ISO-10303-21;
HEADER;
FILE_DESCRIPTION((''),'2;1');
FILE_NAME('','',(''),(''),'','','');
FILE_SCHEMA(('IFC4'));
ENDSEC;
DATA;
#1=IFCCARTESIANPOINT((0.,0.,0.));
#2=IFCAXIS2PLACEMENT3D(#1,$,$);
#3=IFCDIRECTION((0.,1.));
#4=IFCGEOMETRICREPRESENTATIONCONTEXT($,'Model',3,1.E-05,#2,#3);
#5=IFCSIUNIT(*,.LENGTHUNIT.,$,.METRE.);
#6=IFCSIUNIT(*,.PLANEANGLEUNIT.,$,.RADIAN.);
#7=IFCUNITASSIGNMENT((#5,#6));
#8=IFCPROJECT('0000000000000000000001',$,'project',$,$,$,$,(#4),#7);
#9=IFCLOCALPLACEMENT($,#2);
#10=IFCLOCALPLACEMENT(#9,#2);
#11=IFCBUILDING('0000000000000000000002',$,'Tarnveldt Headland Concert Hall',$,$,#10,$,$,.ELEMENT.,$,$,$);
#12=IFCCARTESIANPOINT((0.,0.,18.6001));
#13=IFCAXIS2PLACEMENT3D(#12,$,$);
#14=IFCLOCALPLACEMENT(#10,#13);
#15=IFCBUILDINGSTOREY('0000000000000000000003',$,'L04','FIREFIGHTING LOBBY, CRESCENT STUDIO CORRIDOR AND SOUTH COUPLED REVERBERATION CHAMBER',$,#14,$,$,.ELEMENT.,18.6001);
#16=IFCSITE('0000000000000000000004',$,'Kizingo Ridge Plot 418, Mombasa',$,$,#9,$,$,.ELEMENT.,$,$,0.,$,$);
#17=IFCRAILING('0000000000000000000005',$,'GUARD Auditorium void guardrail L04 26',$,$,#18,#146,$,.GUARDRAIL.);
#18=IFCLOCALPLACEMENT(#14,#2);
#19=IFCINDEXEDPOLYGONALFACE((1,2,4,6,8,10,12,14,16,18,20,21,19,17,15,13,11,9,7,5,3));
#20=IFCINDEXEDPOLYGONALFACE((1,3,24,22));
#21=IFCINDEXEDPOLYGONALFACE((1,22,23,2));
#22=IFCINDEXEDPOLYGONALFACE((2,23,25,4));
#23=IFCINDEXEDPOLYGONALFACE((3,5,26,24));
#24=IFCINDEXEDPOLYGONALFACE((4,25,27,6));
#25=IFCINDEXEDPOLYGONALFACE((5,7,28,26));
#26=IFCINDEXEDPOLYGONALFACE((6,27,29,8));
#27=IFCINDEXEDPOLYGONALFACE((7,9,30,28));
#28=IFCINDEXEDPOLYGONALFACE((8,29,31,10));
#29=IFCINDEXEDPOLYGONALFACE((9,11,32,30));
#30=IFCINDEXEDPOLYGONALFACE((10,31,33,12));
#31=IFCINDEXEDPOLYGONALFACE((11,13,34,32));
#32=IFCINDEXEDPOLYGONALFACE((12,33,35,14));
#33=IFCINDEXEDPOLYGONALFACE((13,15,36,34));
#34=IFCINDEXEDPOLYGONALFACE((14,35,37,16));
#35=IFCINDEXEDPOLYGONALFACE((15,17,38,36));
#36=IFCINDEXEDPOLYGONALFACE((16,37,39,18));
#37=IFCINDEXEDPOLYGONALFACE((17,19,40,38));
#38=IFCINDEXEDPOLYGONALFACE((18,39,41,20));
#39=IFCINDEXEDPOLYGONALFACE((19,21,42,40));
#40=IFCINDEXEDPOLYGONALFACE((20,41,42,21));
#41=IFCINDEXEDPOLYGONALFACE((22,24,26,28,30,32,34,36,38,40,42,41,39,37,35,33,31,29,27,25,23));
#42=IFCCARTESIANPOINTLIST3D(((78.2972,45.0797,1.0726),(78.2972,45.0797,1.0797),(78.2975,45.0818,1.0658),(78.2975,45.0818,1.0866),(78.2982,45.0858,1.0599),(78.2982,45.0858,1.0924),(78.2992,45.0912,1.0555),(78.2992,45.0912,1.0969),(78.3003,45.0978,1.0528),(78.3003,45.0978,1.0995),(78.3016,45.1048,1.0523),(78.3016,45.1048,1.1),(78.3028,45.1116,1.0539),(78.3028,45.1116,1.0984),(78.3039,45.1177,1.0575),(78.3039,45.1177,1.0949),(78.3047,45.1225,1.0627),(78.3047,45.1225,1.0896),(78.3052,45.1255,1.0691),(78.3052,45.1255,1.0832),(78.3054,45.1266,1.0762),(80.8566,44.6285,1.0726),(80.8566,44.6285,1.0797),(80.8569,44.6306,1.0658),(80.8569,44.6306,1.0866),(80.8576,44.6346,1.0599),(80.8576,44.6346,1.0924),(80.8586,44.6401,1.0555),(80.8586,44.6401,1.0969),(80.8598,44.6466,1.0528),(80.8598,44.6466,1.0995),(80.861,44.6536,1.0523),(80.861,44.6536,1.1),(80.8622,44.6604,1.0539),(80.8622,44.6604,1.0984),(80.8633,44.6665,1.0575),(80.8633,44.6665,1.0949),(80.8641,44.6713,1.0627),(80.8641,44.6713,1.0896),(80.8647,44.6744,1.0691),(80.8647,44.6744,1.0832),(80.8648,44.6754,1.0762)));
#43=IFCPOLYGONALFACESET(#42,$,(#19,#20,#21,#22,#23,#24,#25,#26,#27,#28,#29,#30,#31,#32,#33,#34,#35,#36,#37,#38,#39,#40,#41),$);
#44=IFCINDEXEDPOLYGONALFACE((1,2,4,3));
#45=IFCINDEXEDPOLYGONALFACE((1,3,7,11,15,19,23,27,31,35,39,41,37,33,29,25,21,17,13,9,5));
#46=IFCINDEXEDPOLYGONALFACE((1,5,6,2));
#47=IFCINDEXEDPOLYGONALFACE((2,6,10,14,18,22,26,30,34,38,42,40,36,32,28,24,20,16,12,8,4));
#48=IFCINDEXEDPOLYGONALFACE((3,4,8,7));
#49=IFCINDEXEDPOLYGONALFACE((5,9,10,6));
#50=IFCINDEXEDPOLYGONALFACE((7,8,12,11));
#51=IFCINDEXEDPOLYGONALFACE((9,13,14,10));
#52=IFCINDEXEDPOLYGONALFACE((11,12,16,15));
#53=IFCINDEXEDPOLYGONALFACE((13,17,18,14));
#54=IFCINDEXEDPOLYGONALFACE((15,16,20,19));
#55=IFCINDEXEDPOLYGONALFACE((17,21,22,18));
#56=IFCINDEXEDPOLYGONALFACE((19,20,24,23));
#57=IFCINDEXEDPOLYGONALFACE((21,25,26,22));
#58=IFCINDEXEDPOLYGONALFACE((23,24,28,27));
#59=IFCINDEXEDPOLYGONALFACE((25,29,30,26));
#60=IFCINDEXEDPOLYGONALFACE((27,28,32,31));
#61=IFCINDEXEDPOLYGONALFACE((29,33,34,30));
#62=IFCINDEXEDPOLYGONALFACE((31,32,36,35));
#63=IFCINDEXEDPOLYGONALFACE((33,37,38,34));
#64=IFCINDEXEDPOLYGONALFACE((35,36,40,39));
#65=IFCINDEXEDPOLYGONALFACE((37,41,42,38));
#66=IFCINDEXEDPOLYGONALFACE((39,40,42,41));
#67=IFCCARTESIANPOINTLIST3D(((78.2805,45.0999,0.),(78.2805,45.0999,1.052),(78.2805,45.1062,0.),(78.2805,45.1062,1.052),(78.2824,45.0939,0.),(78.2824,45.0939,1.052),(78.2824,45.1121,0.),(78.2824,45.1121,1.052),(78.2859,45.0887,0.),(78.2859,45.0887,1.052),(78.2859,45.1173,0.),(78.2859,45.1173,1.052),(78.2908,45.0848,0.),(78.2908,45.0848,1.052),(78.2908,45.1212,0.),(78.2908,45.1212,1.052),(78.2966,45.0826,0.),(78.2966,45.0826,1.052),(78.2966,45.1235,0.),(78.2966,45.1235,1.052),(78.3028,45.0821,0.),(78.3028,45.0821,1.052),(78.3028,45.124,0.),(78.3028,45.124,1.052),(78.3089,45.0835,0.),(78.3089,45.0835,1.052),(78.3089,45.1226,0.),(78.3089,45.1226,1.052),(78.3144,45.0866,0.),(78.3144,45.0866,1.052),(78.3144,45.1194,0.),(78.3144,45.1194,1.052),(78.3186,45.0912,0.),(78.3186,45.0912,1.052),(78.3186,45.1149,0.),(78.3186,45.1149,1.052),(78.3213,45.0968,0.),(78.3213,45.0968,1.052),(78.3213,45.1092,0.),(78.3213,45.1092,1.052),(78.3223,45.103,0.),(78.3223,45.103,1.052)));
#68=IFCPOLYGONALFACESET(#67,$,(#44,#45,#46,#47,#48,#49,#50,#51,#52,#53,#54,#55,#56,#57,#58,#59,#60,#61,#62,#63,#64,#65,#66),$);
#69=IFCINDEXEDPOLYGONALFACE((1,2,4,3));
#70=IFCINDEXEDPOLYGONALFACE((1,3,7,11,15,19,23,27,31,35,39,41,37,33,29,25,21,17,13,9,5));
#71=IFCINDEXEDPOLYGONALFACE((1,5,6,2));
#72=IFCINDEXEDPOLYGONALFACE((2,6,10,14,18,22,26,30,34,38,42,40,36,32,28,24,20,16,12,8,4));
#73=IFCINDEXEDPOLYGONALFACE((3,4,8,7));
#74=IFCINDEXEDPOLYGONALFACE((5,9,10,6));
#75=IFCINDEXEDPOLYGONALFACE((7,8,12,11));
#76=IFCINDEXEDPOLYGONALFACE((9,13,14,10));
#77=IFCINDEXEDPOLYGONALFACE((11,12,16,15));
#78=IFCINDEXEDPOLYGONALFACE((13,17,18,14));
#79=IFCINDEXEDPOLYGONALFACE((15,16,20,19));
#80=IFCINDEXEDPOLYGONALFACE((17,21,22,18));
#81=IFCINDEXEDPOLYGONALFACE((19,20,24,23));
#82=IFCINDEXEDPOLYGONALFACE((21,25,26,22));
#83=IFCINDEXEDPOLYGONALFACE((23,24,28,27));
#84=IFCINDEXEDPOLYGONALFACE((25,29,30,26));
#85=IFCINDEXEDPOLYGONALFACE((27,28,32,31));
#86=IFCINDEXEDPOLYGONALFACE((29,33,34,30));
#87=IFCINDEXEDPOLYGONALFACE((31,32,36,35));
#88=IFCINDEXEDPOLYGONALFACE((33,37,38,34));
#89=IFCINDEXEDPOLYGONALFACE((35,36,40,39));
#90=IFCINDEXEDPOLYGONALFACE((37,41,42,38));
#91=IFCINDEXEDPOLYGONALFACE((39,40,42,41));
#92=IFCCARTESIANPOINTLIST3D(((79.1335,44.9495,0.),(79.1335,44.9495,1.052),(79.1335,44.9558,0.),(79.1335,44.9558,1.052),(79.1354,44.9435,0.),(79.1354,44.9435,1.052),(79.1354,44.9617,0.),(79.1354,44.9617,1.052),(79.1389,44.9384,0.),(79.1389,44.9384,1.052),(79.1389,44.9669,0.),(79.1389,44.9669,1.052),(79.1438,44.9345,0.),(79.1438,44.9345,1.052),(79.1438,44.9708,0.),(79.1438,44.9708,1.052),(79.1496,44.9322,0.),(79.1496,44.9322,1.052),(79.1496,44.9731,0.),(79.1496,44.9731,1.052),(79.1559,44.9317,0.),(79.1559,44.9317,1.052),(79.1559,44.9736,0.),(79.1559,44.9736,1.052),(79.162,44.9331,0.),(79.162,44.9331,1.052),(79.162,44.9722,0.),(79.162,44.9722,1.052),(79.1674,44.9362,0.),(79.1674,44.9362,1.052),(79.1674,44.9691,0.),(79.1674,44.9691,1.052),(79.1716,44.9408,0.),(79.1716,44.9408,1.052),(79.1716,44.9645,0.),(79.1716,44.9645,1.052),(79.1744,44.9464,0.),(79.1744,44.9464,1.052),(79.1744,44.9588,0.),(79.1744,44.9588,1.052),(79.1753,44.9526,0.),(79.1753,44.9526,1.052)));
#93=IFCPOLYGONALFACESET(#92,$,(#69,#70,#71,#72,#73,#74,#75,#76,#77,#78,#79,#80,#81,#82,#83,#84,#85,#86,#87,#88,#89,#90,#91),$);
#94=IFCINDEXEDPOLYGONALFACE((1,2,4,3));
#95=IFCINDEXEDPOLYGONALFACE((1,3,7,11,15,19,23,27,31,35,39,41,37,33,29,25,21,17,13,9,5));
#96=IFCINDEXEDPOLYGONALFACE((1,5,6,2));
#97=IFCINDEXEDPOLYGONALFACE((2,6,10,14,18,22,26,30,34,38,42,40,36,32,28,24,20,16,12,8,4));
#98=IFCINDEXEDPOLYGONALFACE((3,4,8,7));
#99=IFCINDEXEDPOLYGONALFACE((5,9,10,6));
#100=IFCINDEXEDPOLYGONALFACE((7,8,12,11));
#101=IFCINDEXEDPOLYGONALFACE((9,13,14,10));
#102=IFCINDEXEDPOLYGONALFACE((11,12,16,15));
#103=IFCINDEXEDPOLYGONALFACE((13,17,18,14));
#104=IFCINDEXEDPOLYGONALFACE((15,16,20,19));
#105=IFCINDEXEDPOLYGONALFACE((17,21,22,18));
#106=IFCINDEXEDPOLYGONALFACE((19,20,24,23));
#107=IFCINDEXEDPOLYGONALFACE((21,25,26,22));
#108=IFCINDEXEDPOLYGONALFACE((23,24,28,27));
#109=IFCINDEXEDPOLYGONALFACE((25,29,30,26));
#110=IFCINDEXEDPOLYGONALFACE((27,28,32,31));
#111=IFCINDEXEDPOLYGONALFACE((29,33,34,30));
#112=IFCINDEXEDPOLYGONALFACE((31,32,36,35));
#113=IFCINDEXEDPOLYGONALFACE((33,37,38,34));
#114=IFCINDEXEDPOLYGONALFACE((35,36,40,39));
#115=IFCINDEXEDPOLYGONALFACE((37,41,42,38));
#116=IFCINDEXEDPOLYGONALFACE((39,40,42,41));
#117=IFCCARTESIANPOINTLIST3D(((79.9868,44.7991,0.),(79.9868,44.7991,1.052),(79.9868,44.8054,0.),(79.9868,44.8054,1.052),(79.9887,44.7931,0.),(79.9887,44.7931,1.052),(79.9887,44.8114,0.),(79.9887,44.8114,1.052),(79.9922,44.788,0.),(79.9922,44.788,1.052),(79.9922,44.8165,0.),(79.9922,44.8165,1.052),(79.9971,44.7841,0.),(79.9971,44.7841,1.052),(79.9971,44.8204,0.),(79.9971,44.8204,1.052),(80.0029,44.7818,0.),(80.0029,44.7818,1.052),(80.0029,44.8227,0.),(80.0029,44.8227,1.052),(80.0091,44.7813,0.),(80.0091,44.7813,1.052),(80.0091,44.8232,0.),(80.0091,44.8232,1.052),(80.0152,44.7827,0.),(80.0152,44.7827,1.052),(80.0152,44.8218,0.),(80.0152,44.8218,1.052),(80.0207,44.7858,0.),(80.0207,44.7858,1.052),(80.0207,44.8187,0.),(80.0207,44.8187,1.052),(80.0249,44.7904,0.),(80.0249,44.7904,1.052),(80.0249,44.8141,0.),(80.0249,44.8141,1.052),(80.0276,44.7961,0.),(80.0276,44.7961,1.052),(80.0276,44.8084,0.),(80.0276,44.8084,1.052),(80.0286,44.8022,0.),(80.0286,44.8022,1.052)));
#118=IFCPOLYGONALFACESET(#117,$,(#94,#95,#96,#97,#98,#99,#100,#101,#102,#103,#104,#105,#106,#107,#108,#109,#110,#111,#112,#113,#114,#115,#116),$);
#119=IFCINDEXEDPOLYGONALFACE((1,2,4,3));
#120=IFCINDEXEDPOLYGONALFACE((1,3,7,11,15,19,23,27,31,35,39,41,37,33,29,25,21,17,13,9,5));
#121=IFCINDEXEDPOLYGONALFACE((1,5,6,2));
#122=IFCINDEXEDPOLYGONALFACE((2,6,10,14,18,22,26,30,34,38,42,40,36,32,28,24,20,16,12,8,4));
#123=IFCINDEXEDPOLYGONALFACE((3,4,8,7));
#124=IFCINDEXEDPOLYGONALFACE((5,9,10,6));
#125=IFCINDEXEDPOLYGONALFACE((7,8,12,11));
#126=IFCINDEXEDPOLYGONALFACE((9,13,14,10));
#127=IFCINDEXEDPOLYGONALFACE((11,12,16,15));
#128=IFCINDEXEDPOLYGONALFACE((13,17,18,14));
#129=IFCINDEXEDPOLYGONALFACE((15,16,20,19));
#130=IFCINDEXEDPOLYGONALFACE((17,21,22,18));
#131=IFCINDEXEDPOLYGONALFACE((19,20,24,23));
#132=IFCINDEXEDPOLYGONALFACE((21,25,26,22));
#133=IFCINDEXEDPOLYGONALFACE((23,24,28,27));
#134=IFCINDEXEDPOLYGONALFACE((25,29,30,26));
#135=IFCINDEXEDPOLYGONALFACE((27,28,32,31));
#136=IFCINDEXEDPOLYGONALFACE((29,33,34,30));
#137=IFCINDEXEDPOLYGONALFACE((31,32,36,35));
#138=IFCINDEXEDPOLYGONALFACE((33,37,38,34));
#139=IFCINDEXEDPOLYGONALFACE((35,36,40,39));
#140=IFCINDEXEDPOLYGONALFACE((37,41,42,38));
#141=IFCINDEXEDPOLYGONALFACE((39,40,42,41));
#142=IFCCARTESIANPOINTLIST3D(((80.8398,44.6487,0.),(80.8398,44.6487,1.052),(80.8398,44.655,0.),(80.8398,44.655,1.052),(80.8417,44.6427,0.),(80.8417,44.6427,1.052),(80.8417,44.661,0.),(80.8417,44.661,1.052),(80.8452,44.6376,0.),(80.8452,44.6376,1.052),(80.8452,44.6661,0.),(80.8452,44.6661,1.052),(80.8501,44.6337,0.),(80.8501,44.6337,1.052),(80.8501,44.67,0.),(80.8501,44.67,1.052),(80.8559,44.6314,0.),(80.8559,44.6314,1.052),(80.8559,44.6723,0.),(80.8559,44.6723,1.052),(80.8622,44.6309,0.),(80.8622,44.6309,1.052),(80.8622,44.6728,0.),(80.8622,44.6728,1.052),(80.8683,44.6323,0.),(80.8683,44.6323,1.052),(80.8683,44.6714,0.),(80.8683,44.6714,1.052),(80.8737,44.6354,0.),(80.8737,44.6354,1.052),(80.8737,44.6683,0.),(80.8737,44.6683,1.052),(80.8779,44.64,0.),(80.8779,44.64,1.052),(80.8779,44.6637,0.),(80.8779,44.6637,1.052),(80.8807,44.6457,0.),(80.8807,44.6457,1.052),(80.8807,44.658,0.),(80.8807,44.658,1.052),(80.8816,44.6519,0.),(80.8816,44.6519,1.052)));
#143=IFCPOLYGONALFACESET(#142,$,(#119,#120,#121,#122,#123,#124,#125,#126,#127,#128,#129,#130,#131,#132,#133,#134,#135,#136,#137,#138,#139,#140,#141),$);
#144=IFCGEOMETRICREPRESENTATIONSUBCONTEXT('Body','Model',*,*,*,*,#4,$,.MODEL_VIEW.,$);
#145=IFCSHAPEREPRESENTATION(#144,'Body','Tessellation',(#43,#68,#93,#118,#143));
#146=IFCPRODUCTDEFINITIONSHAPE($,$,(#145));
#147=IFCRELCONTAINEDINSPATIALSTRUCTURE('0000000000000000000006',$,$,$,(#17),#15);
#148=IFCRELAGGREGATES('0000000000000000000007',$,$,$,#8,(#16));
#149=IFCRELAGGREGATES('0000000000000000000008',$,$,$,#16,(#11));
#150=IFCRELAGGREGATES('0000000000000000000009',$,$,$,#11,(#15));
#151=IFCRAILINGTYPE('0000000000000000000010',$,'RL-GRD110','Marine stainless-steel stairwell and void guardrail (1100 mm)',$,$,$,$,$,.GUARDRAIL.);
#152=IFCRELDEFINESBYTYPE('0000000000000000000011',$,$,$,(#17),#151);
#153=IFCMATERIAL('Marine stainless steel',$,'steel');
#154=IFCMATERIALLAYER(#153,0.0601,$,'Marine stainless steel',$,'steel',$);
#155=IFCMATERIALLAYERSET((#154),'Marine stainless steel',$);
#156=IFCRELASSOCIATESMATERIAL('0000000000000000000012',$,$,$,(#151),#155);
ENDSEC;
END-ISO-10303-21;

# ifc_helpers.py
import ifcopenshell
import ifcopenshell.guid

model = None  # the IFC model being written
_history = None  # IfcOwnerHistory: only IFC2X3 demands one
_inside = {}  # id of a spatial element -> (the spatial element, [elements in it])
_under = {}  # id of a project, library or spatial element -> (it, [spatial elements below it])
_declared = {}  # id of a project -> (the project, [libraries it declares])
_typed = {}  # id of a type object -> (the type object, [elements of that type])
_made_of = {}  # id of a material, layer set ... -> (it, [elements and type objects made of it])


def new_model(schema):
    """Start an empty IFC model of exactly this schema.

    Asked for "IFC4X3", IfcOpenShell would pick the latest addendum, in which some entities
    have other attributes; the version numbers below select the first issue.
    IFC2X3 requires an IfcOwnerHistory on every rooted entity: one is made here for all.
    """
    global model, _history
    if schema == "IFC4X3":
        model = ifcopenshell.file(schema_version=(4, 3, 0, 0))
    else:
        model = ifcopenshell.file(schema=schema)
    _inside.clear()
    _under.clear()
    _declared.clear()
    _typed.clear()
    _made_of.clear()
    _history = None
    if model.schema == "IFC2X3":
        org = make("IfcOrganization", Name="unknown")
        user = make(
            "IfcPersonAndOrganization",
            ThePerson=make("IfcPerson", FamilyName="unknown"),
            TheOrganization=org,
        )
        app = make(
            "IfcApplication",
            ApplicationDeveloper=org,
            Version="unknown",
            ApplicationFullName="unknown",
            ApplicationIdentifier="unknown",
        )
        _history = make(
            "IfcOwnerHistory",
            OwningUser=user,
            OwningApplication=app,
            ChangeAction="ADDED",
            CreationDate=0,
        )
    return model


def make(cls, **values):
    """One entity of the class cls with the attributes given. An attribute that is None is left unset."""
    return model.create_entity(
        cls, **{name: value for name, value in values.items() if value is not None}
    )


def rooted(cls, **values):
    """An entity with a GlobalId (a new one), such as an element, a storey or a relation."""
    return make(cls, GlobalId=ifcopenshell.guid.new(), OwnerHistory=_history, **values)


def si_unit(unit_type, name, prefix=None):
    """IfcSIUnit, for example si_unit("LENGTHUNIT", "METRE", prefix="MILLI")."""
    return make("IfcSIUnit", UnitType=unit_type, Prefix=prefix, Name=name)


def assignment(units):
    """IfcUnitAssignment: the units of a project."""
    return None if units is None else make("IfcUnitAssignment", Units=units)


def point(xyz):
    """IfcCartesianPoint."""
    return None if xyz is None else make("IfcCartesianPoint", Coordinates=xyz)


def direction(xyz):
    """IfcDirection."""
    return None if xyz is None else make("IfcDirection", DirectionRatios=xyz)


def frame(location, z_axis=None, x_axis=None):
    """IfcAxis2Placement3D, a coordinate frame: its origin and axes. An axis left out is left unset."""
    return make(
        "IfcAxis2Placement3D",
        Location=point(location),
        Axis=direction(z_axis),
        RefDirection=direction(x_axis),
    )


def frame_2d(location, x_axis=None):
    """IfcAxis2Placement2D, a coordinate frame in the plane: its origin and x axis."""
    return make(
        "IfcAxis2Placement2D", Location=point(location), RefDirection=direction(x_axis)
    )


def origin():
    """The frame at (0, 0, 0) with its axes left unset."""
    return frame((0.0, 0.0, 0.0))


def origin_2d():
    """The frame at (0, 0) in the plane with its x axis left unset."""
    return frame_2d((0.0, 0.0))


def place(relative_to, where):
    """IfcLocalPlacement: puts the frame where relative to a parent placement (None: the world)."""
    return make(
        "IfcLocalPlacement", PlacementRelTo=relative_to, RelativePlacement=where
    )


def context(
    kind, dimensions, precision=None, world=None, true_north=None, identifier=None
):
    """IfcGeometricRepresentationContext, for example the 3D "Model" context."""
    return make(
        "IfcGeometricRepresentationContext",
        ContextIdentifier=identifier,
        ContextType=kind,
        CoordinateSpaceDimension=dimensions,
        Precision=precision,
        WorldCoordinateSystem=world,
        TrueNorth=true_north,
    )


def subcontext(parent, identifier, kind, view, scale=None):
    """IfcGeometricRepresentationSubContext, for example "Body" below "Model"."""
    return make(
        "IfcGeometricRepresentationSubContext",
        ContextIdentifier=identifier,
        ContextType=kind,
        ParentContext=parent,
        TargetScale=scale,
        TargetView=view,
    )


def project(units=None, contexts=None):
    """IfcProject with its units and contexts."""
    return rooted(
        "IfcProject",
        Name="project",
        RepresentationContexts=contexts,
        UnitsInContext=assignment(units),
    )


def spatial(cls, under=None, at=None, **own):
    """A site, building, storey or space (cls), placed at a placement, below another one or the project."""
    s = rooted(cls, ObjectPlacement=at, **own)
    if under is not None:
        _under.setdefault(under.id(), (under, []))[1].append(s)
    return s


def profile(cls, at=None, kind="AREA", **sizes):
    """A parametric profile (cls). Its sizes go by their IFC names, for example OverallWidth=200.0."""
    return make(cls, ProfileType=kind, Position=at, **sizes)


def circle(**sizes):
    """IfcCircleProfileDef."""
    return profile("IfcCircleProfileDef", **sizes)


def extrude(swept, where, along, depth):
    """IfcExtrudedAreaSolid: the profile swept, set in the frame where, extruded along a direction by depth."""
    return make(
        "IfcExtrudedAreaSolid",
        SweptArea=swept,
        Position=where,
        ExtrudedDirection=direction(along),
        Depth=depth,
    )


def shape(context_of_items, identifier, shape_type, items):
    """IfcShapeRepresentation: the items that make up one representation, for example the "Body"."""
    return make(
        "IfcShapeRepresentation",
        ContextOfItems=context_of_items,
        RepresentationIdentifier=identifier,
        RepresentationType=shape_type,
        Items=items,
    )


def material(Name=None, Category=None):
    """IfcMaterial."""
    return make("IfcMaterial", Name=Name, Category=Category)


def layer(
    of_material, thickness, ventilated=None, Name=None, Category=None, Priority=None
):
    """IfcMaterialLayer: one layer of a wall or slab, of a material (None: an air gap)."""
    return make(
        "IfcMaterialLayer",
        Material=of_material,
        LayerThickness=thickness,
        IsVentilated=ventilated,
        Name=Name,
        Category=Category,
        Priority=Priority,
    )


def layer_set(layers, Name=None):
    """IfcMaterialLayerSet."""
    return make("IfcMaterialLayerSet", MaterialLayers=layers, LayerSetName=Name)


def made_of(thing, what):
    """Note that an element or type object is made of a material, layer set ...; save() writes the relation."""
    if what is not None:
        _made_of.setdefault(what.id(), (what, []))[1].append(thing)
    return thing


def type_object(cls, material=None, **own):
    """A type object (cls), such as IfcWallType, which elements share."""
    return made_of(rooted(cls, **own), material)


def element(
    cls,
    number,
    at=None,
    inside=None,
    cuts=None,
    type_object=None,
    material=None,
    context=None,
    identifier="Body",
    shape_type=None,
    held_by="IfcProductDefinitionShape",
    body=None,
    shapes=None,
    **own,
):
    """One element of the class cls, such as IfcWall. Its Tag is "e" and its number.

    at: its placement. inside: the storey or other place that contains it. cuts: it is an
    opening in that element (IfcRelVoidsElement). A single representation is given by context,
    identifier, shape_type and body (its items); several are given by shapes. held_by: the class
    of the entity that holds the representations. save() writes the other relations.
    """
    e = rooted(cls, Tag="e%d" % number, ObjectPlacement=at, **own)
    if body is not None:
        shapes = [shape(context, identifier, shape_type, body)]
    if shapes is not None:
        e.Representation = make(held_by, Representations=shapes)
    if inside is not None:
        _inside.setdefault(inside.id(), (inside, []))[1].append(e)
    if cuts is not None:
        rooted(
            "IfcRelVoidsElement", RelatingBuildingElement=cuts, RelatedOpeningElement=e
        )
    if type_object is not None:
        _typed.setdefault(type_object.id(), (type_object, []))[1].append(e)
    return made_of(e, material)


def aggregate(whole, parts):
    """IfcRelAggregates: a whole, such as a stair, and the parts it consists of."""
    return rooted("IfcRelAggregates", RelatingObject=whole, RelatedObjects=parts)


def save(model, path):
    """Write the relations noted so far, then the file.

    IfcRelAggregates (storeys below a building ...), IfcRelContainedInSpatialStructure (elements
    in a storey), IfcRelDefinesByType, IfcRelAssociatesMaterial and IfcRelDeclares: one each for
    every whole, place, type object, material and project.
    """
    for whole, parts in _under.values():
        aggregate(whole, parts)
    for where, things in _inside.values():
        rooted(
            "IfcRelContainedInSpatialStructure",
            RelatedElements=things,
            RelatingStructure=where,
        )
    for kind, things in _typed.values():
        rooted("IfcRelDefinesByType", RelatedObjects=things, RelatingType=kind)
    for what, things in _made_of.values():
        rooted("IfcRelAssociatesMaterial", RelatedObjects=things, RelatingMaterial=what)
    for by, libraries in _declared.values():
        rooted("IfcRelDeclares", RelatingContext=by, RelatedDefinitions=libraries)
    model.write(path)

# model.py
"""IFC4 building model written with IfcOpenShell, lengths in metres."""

from ifc_helpers import new_model, si_unit, direction, frame, origin, origin_2d, place, context, subcontext, project, spatial, circle, extrude, material, layer, layer_set, type_object, element, save


model = new_model("IFC4")

# Units and contexts
model_context = context("Model", 3, precision=1e-05, world=origin(), true_north=direction((0.0, 1.0)))
body_context = subcontext(model_context, "Body", "Model", "MODEL_VIEW")
ifc_project = project(units=[si_unit("LENGTHUNIT", "METRE"), si_unit("PLANEANGLEUNIT", "RADIAN")], contexts=[model_context])

# Site, building, storey
site_placement = place(None, origin())
site = spatial("IfcSite", under=ifc_project, at=site_placement, Name="Kizingo Ridge Plot 418, Mombasa", CompositionType="ELEMENT", RefElevation=0.0)
building_placement = place(site_placement, origin())
building = spatial("IfcBuilding", under=site, at=building_placement, Name="Tarnveldt Headland Concert Hall", CompositionType="ELEMENT")
storey_placement = place(building_placement, frame((0.0, 0.0, 18.6001)))
storey = spatial("IfcBuildingStorey", under=building, at=storey_placement, Name="L04", Description="FIREFIGHTING LOBBY, CRESCENT STUDIO CORRIDOR AND SOUTH COUPLED REVERBERATION CHAMBER", CompositionType="ELEMENT", Elevation=18.6001)

# Railing
ifc_material_1 = material(Name="Marine stainless steel", Category="steel")
ifc_layer_1 = layer(ifc_material_1, 0.0601, Name="Marine stainless steel", Category="steel")
ifc_layer_set_1 = layer_set([ifc_layer_1], Name="Marine stainless steel")
railing_type = type_object("IfcRailingType", Name="RL-GRD110", Description="Marine stainless-steel stairwell and void guardrail (1100 mm)", PredefinedType="GUARDRAIL", material=ifc_layer_set_1)
railing_1_placement = place(storey_placement, frame((78.3013, 45.103, 0.0)))
element("IfcRailing", 1, at=railing_1_placement, inside=storey, type_object=railing_type, Name="GUARD Auditorium void guardrail L04 26", PredefinedType="GUARDRAIL", context=body_context, shape_type="SweptSolid", body=[
    extrude(circle(Radius=0.0239, at=origin_2d()), frame((0.0, 0.0, 1.0762), z_axis=(0.984815, -0.173608, 0.0), x_axis=(0.173608, 0.984815, 0.0)), (0.0, 0.0, 1.0), 2.5989),
    extrude(circle(Radius=0.021, at=origin_2d()), origin(), (0.0, 0.0, 1.0), 1.052),
    extrude(circle(Radius=0.021, at=origin_2d()), frame((0.853, -0.1504, 0.0)), (0.0, 0.0, 1.0), 1.052),
    extrude(circle(Radius=0.021, at=origin_2d()), frame((1.7063, -0.3008, 0.0)), (0.0, 0.0, 1.0), 1.052),
    extrude(circle(Radius=0.021, at=origin_2d()), frame((2.5593, -0.4512, 0.0)), (0.0, 0.0, 1.0), 1.052),
])

save(model, "model.ifc")
